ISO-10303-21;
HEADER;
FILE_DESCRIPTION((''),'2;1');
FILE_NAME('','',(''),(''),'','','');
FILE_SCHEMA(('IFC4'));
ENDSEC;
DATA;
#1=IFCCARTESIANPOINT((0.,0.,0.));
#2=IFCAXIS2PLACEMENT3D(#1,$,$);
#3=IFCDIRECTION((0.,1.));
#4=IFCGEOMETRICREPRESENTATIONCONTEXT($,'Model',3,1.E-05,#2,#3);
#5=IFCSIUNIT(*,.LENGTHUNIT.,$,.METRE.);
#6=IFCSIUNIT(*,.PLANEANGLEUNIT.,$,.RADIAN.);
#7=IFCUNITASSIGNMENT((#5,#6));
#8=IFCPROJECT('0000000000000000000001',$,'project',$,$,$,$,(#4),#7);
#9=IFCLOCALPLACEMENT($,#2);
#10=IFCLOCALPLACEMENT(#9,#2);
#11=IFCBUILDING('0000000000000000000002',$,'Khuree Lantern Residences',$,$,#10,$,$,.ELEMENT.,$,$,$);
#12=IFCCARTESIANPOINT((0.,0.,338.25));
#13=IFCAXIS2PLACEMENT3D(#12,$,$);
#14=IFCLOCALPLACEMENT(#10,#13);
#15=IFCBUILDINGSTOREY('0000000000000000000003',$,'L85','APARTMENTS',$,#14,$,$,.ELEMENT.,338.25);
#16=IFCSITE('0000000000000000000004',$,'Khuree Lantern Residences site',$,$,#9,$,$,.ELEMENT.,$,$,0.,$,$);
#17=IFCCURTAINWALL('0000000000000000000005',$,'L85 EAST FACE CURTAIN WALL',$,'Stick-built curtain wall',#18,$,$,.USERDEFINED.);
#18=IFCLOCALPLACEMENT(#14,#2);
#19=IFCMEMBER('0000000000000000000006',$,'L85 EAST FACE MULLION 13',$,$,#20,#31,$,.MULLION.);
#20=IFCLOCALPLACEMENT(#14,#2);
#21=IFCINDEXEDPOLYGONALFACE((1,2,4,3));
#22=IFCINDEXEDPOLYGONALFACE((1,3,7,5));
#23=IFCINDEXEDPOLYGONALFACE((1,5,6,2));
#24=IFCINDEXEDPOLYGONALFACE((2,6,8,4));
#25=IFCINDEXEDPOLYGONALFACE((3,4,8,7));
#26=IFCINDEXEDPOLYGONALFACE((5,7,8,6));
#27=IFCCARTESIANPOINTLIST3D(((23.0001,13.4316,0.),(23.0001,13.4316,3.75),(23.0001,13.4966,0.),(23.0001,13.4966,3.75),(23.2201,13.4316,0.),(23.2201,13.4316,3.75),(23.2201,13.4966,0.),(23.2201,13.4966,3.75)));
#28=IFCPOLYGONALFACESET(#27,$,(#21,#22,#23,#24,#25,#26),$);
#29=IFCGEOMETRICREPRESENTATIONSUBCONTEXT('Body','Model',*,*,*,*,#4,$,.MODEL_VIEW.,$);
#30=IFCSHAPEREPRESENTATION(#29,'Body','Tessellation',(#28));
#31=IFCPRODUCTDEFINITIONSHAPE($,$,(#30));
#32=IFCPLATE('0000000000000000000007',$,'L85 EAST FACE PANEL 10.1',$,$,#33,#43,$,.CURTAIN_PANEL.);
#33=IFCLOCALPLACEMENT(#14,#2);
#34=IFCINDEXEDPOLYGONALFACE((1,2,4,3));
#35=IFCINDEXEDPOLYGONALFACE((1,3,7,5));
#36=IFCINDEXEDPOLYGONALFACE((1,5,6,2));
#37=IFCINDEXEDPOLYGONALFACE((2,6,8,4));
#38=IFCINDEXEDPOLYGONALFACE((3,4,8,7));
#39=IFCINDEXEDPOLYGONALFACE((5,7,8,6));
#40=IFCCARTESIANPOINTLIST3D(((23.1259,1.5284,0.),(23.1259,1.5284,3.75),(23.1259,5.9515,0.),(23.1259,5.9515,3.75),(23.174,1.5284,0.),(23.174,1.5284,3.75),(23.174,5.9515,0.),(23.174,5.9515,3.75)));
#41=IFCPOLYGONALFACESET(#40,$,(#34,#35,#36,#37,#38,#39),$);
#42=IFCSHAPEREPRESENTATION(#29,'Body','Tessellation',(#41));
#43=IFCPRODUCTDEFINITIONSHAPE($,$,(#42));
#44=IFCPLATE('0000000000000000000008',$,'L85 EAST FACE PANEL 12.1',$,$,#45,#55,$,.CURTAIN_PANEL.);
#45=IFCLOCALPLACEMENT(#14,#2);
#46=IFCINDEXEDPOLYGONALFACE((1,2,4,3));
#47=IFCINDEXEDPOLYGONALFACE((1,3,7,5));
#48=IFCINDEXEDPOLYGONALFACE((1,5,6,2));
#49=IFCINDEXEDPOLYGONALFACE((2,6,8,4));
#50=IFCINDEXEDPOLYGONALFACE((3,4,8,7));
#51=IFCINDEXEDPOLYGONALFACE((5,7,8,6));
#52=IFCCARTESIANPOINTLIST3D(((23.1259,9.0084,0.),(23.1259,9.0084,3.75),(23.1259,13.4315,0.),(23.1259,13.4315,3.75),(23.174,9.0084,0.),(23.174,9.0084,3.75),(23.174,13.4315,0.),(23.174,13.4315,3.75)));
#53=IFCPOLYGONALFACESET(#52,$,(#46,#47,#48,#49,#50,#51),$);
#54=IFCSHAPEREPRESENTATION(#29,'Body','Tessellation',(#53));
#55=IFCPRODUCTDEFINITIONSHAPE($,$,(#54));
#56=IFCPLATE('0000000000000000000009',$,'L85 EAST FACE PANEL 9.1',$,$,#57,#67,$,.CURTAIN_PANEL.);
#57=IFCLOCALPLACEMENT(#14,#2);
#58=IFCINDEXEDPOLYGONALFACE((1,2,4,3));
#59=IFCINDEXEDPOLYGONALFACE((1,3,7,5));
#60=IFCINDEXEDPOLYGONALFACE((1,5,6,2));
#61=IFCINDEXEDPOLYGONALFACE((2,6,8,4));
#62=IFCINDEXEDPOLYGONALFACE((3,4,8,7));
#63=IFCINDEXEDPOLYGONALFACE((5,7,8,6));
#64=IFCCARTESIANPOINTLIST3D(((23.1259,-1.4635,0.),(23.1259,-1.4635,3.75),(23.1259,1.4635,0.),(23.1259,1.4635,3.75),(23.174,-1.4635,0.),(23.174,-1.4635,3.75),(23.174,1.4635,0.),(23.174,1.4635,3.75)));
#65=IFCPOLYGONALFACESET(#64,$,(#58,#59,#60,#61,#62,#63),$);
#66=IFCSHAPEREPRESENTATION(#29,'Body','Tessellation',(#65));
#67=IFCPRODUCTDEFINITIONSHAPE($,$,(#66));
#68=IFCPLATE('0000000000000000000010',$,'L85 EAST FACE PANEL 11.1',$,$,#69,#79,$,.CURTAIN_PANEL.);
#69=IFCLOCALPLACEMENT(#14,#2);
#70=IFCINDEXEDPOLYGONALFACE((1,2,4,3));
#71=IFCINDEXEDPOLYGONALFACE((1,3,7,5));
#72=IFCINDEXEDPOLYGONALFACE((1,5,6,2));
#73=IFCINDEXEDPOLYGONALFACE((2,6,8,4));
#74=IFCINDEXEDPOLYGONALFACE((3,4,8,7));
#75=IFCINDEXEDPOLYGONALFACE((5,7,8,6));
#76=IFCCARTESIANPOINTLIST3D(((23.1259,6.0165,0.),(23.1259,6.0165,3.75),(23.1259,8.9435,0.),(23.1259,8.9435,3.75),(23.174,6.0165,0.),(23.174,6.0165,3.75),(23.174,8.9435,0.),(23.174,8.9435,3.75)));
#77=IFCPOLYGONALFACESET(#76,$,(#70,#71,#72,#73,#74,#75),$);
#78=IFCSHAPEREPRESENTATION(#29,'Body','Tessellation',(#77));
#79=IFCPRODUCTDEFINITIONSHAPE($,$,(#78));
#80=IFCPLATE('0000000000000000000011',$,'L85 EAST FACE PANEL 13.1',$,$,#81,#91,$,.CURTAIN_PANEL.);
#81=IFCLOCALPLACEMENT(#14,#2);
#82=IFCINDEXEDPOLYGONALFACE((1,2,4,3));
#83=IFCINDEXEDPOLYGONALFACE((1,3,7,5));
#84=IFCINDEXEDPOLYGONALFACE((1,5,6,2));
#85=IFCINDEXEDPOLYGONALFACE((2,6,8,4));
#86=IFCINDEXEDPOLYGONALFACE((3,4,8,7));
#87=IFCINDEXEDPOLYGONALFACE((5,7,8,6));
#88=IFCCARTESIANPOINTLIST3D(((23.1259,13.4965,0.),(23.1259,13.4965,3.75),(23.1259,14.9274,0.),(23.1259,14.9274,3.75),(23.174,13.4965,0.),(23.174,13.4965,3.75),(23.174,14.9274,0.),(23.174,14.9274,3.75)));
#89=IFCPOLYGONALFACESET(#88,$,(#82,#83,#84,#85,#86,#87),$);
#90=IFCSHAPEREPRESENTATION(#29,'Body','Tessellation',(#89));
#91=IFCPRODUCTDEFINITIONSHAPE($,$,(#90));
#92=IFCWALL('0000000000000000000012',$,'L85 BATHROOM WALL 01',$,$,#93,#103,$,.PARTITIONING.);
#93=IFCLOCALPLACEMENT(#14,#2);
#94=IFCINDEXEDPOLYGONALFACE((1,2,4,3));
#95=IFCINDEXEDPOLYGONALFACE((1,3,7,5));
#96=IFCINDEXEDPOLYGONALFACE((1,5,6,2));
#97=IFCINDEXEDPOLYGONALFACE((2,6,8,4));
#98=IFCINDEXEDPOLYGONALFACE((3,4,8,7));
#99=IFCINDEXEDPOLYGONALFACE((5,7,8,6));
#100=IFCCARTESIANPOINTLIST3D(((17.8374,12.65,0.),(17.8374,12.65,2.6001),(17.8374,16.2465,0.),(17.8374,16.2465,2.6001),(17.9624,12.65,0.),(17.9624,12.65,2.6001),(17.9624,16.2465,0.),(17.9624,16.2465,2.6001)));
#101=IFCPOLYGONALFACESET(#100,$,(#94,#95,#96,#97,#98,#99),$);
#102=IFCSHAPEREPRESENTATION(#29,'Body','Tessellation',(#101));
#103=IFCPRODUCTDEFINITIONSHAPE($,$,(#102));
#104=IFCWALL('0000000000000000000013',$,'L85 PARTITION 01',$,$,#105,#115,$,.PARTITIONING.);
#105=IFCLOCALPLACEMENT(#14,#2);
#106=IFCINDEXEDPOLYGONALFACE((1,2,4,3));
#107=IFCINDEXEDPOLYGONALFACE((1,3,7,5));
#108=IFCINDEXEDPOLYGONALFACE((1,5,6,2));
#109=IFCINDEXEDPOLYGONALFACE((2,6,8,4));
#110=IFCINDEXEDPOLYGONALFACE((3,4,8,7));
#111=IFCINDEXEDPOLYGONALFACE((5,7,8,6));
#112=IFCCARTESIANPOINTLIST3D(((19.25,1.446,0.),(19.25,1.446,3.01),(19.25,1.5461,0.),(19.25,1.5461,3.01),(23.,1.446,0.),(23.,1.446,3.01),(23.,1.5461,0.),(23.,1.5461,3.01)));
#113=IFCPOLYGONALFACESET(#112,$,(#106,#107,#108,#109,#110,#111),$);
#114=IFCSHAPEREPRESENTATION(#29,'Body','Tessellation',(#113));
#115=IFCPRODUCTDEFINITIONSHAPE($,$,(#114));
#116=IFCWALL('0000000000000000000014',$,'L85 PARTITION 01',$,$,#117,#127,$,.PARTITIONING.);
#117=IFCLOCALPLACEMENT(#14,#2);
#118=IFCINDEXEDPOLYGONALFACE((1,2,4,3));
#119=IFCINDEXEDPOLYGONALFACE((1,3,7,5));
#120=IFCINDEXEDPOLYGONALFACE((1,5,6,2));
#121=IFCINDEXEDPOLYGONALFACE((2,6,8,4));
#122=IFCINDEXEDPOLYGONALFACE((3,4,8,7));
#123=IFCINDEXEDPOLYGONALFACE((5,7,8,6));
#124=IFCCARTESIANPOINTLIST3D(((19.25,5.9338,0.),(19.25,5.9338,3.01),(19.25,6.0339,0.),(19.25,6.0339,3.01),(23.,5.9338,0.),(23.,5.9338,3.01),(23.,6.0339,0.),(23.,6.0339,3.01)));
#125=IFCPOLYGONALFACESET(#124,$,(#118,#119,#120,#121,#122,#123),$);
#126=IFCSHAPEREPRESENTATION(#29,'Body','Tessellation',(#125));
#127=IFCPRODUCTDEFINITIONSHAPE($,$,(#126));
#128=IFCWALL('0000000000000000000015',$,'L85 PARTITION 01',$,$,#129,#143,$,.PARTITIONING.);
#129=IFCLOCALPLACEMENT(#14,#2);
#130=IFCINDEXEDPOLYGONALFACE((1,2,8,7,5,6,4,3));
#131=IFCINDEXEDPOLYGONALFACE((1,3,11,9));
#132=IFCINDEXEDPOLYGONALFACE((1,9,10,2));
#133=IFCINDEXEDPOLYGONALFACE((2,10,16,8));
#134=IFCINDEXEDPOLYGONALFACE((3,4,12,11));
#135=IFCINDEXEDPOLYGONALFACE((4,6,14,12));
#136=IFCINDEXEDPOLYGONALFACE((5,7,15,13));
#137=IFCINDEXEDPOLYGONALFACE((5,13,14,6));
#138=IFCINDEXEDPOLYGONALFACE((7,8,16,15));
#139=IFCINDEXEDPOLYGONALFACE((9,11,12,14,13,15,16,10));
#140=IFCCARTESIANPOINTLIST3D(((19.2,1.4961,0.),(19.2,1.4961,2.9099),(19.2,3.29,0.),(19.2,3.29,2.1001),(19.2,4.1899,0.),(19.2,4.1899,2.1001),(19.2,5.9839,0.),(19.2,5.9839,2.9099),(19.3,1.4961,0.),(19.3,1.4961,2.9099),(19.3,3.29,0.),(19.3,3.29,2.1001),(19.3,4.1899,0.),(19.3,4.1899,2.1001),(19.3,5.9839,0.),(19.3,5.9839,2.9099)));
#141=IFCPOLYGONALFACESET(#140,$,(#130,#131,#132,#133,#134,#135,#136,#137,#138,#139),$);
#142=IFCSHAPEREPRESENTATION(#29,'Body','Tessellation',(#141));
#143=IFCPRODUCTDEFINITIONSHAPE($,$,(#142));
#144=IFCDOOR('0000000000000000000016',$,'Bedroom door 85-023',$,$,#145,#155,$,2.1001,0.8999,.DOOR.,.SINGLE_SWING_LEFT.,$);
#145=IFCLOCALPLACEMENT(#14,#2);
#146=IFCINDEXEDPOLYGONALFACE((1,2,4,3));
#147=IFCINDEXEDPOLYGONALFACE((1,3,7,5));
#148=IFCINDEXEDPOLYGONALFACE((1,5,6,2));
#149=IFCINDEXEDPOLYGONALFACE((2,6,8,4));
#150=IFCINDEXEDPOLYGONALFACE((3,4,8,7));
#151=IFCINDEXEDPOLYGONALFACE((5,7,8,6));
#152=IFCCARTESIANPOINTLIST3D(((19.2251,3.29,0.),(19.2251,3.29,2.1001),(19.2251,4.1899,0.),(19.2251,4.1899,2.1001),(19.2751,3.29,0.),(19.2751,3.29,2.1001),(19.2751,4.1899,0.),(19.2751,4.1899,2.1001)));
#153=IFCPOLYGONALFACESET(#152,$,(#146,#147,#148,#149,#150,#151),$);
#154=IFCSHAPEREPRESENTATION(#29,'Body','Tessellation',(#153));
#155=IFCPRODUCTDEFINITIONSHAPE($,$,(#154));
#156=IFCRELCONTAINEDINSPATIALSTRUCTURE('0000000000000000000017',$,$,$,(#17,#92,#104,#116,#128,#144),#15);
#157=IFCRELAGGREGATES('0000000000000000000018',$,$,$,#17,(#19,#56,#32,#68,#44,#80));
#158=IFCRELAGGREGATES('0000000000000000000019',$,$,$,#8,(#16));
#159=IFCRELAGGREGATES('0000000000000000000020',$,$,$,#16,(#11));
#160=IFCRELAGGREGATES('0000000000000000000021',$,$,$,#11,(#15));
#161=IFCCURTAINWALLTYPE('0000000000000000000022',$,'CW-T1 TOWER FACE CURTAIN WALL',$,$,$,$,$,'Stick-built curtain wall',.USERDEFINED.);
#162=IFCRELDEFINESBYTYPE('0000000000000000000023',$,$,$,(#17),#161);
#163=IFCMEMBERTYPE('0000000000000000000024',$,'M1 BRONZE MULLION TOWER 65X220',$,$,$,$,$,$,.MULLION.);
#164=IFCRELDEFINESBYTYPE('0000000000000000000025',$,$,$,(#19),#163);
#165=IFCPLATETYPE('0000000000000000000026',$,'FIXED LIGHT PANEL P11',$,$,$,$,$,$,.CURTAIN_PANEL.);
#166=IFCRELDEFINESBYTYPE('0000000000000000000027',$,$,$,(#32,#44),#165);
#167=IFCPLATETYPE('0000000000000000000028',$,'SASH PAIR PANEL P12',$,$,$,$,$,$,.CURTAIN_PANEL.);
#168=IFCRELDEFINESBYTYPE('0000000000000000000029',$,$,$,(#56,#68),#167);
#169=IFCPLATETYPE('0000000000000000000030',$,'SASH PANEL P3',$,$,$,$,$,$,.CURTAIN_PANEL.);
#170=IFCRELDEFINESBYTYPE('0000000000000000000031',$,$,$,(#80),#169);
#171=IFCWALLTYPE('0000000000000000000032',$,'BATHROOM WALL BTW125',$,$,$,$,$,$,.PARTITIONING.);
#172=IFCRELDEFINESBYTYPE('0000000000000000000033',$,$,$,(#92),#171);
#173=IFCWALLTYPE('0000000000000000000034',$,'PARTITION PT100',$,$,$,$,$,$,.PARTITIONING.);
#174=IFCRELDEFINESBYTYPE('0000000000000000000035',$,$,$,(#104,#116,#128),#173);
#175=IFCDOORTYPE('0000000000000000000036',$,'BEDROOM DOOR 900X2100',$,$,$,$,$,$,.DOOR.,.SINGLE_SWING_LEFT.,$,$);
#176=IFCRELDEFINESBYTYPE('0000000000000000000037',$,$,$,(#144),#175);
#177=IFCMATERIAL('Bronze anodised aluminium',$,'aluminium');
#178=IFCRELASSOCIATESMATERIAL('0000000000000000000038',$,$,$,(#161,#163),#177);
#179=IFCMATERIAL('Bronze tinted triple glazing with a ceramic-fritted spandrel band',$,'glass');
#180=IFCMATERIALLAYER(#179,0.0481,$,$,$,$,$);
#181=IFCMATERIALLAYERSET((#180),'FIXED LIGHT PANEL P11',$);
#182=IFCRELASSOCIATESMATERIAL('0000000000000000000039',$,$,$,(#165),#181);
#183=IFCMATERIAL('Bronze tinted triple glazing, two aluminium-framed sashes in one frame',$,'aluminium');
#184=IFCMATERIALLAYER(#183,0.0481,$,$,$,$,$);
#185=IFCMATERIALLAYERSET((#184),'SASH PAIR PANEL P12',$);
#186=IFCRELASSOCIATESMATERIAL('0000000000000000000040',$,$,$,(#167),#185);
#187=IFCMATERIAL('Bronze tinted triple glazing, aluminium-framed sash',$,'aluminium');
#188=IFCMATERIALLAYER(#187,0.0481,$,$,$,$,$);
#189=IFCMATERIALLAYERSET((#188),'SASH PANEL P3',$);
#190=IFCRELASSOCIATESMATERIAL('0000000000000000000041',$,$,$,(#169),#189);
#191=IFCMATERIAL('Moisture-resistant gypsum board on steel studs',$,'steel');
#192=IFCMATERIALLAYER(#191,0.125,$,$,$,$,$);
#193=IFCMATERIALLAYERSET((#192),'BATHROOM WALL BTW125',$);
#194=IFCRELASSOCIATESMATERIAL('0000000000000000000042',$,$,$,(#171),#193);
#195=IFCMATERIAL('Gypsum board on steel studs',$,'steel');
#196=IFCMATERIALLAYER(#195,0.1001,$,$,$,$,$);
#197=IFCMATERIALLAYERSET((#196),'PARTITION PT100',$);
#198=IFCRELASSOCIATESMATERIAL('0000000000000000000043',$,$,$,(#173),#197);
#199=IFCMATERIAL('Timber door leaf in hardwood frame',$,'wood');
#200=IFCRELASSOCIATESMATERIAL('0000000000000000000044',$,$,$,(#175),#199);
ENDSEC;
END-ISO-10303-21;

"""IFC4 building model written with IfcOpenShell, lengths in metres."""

from ifc_helpers import new_model, si_unit, direction, frame, frame_2d, origin, origin_2d, place, context, subcontext, project, spatial, rectangle, extrude, material, layer, layer_set, material_profile, profile_set, type_object, element, fill, aggregate, save


model = new_model("IFC4")

# Units and contexts
model_context = context("Model", 3, precision=1e-05, world=origin(), true_north=direction((0.0, 1.0)))
body_context = subcontext(model_context, "Body", "Model", "MODEL_VIEW")
ifc_project = project(units=[si_unit("LENGTHUNIT", "METRE"), si_unit("PLANEANGLEUNIT", "RADIAN")], contexts=[model_context])

# Site, building, storey
site_placement = place(None, origin())
site = spatial("IfcSite", under=ifc_project, at=site_placement, Name="Khuree Lantern Residences site", CompositionType="ELEMENT", RefElevation=0.0)
building_placement = place(site_placement, origin())
building = spatial("IfcBuilding", under=site, at=building_placement, Name="Khuree Lantern Residences", CompositionType="ELEMENT")
storey_placement = place(building_placement, frame((0.0, 0.0, 338.25)))
storey = spatial("IfcBuildingStorey", under=building, at=storey_placement, Name="L85", Description="APARTMENTS", CompositionType="ELEMENT", Elevation=338.25)

# Curtain wall
ifc_material_1 = material(Name="Bronze anodised aluminium", Category="aluminium")
curtain_wall_type = type_object("IfcCurtainWallType", Name="CW-T1 TOWER FACE CURTAIN WALL", ElementType="Stick-built curtain wall", PredefinedType="USERDEFINED", material=ifc_material_1)
curtain_wall_placement = place(storey_placement, origin())
curtain_wall = element("IfcCurtainWall", 1, at=curtain_wall_placement, inside=storey, type_object=curtain_wall_type, Name="L85 EAST FACE CURTAIN WALL", ObjectType="Stick-built curtain wall", PredefinedType="USERDEFINED")

# Member
ifc_material_profile_1 = material_profile(ifc_material_1, rectangle(XDim=0.0649, YDim=0.22, at=origin_2d()), Name="M1 65X220")
ifc_profile_set_1 = profile_set([ifc_material_profile_1], Name="Bronze anodised aluminium")
member_type_1 = type_object("IfcMemberType", Name="M1 BRONZE MULLION TOWER 65X220", PredefinedType="MULLION", material=ifc_profile_set_1)
member_1_placement = place(storey_placement, frame((23.1101, 13.4641, 0.0), z_axis=(0.0, 0.0, 1.0), x_axis=(0.0, 1.0, 0.0)))
member_1 = element("IfcMember", 2, at=member_1_placement, type_object=member_type_1, Name="L85 EAST FACE MULLION 13", PredefinedType="MULLION", context=body_context, shape_type="SweptSolid", body=[
    extrude(rectangle(XDim=0.0649, YDim=0.22, at=origin_2d()), origin(), (0.0, 0.0, 1.0), 3.75),
])

# Plates
ifc_material_2 = material(Name="Bronze tinted triple glazing with a ceramic-fritted spandrel band", Category="glass")
ifc_layer_1 = layer(ifc_material_2, 0.0481)
ifc_layer_set_1 = layer_set([ifc_layer_1], Name="FIXED LIGHT PANEL P11")
plate_type_1 = type_object("IfcPlateType", Name="FIXED LIGHT PANEL P11", PredefinedType="CURTAIN_PANEL", material=ifc_layer_set_1)
plate_1_placement = place(storey_placement, frame((23.1499, 3.74, 0.0), z_axis=(0.0, 0.0, 1.0), x_axis=(0.0, 1.0, 0.0)))
plate_1 = element("IfcPlate", 3, at=plate_1_placement, type_object=plate_type_1, Name="L85 EAST FACE PANEL 10.1", PredefinedType="CURTAIN_PANEL", context=body_context, shape_type="SweptSolid", body=[
    extrude(rectangle(XDim=4.4231, YDim=0.0481, at=origin_2d()), origin(), (0.0, 0.0, 1.0), 3.75),
])
plate_2_placement = place(storey_placement, frame((23.1499, 11.22, 0.0), z_axis=(0.0, 0.0, 1.0), x_axis=(0.0, 1.0, 0.0)))
plate_2 = element("IfcPlate", 4, at=plate_2_placement, type_object=plate_type_1, Name="L85 EAST FACE PANEL 12.1", PredefinedType="CURTAIN_PANEL", context=body_context, shape_type="SweptSolid", body=[
    extrude(rectangle(XDim=4.4231, YDim=0.0481, at=origin_2d()), origin(), (0.0, 0.0, 1.0), 3.75),
])
ifc_material_3 = material(Name="Bronze tinted triple glazing, two aluminium-framed sashes in one frame", Category="aluminium")
ifc_layer_2 = layer(ifc_material_3, 0.0481)
ifc_layer_set_2 = layer_set([ifc_layer_2], Name="SASH PAIR PANEL P12")
plate_type_2 = type_object("IfcPlateType", Name="SASH PAIR PANEL P12", PredefinedType="CURTAIN_PANEL", material=ifc_layer_set_2)
plate_3_placement = place(storey_placement, frame((23.1499, 0.0, 0.0), z_axis=(0.0, 0.0, 1.0), x_axis=(0.0, 1.0, 0.0)))
plate_3 = element("IfcPlate", 5, at=plate_3_placement, type_object=plate_type_2, Name="L85 EAST FACE PANEL 9.1", PredefinedType="CURTAIN_PANEL", context=body_context, shape_type="SweptSolid", body=[
    extrude(rectangle(XDim=2.927, YDim=0.0481, at=origin_2d()), origin(), (0.0, 0.0, 1.0), 3.75),
])
plate_4_placement = place(storey_placement, frame((23.1499, 7.48, 0.0), z_axis=(0.0, 0.0, 1.0), x_axis=(0.0, 1.0, 0.0)))
plate_4 = element("IfcPlate", 6, at=plate_4_placement, type_object=plate_type_2, Name="L85 EAST FACE PANEL 11.1", PredefinedType="CURTAIN_PANEL", context=body_context, shape_type="SweptSolid", body=[
    extrude(rectangle(XDim=2.927, YDim=0.0481, at=origin_2d()), origin(), (0.0, 0.0, 1.0), 3.75),
])
ifc_material_4 = material(Name="Bronze tinted triple glazing, aluminium-framed sash", Category="aluminium")
ifc_layer_3 = layer(ifc_material_4, 0.0481)
ifc_layer_set_3 = layer_set([ifc_layer_3], Name="SASH PANEL P3")
plate_type_3 = type_object("IfcPlateType", Name="SASH PANEL P3", PredefinedType="CURTAIN_PANEL", material=ifc_layer_set_3)
plate_5_placement = place(storey_placement, frame((23.1499, 14.2119, 0.0), z_axis=(0.0, 0.0, 1.0), x_axis=(0.0, 1.0, 0.0)))
plate_5 = element("IfcPlate", 7, at=plate_5_placement, type_object=plate_type_3, Name="L85 EAST FACE PANEL 13.1", PredefinedType="CURTAIN_PANEL", context=body_context, shape_type="SweptSolid", body=[
    extrude(rectangle(XDim=1.4309, YDim=0.0481, at=origin_2d()), origin(), (0.0, 0.0, 1.0), 3.75),
])
aggregate(curtain_wall, [member_1, plate_3, plate_1, plate_4, plate_2, plate_5])

# Walls
ifc_material_5 = material(Name="Moisture-resistant gypsum board on steel studs", Category="steel")
ifc_layer_4 = layer(ifc_material_5, 0.125)
ifc_layer_set_4 = layer_set([ifc_layer_4], Name="BATHROOM WALL BTW125")
wall_type_1 = type_object("IfcWallType", Name="BATHROOM WALL BTW125", PredefinedType="PARTITIONING", material=ifc_layer_set_4)
wall_1_placement = place(storey_placement, frame((17.8999, 12.6499, 0.0), z_axis=(0.0, 0.0, 1.0), x_axis=(0.0, 1.0, 0.0)))
element("IfcWall", 8, at=wall_1_placement, inside=storey, type_object=wall_type_1, Name="L85 BATHROOM WALL 01", PredefinedType="PARTITIONING", context=body_context, shape_type="SweptSolid", body=[
    extrude(rectangle(XDim=3.5964, YDim=0.125, at=frame_2d((1.7983, 0.0))), origin(), (0.0, 0.0, 1.0), 2.6001),
])
ifc_material_6 = material(Name="Gypsum board on steel studs", Category="steel")
ifc_layer_5 = layer(ifc_material_6, 0.1001)
ifc_layer_set_5 = layer_set([ifc_layer_5], Name="PARTITION PT100")
wall_type_2 = type_object("IfcWallType", Name="PARTITION PT100", PredefinedType="PARTITIONING", material=ifc_layer_set_5)
for number, where, z_axis, x_axis, name in (
    (9, (19.25, 1.4961, 0.0), (0.0, 0.0, 1.0), (1.0, 0.0, 0.0), "L85 PARTITION 01"),
    (10, (19.25, 5.9839, 0.0), (0.0, 0.0, 1.0), (1.0, 0.0, 0.0), "L85 PARTITION 01"),
):
    element("IfcWall", number, at=place(storey_placement, frame(where, z_axis=z_axis, x_axis=x_axis)), inside=storey, type_object=wall_type_2, Name=name, PredefinedType="PARTITIONING", context=body_context, shape_type="SweptSolid", body=[
        extrude(rectangle(XDim=3.75, YDim=0.1001, at=frame_2d((1.875, 0.0))), origin(), (0.0, 0.0, 1.0), 3.01),
    ])

# Wall, opening, door
wall_2_placement = place(storey_placement, frame((19.25, 1.4961, 0.0), z_axis=(0.0, 0.0, 1.0), x_axis=(0.0, 1.0, 0.0)))
wall_2 = element("IfcWall", 11, at=wall_2_placement, inside=storey, type_object=wall_type_2, Name="L85 PARTITION 01", PredefinedType="PARTITIONING", context=body_context, shape_type="SweptSolid", body=[
    extrude(rectangle(XDim=4.4878, YDim=0.1001, at=frame_2d((2.2439, 0.0))), origin(), (0.0, 0.0, 1.0), 2.9099),
])
opening_placement = place(wall_2_placement, frame((1.7939, 0.0, 0.0)))
opening = element("IfcOpeningElement", 12, at=opening_placement, cuts=wall_2, PredefinedType="OPENING", context=body_context, shape_type="SweptSolid", body=[
    extrude(rectangle(XDim=0.8999, YDim=2.1001, at=frame_2d((0.45, 1.05))), frame((0.0, 0.0601, 0.0), z_axis=(0.0, -1.0, 0.0), x_axis=(1.0, 0.0, 0.0)), (0.0, 0.0, 1.0), 0.1201),
])
ifc_material_7 = material(Name="Timber door leaf in hardwood frame", Category="wood")
door_type = type_object("IfcDoorType", Name="BEDROOM DOOR 900X2100", OperationType="SINGLE_SWING_LEFT", PredefinedType="DOOR", material=ifc_material_7)
door_placement = place(opening_placement, origin())
door = element("IfcDoor", 13, at=door_placement, inside=storey, type_object=door_type, Name="Bedroom door 85-023", OperationType="SINGLE_SWING_LEFT", OverallHeight=2.1001, OverallWidth=0.8999, PredefinedType="DOOR", context=body_context, shape_type="SweptSolid", body=[
    extrude(rectangle(XDim=0.8999, YDim=2.1001, at=frame_2d((0.45, 1.05))), frame((0.0, 0.0249, 0.0), z_axis=(0.0, -1.0, 0.0), x_axis=(1.0, 0.0, 0.0)), (0.0, 0.0, 1.0), 0.05),
])
fill(opening, door)

save(model, "model.ifc")
